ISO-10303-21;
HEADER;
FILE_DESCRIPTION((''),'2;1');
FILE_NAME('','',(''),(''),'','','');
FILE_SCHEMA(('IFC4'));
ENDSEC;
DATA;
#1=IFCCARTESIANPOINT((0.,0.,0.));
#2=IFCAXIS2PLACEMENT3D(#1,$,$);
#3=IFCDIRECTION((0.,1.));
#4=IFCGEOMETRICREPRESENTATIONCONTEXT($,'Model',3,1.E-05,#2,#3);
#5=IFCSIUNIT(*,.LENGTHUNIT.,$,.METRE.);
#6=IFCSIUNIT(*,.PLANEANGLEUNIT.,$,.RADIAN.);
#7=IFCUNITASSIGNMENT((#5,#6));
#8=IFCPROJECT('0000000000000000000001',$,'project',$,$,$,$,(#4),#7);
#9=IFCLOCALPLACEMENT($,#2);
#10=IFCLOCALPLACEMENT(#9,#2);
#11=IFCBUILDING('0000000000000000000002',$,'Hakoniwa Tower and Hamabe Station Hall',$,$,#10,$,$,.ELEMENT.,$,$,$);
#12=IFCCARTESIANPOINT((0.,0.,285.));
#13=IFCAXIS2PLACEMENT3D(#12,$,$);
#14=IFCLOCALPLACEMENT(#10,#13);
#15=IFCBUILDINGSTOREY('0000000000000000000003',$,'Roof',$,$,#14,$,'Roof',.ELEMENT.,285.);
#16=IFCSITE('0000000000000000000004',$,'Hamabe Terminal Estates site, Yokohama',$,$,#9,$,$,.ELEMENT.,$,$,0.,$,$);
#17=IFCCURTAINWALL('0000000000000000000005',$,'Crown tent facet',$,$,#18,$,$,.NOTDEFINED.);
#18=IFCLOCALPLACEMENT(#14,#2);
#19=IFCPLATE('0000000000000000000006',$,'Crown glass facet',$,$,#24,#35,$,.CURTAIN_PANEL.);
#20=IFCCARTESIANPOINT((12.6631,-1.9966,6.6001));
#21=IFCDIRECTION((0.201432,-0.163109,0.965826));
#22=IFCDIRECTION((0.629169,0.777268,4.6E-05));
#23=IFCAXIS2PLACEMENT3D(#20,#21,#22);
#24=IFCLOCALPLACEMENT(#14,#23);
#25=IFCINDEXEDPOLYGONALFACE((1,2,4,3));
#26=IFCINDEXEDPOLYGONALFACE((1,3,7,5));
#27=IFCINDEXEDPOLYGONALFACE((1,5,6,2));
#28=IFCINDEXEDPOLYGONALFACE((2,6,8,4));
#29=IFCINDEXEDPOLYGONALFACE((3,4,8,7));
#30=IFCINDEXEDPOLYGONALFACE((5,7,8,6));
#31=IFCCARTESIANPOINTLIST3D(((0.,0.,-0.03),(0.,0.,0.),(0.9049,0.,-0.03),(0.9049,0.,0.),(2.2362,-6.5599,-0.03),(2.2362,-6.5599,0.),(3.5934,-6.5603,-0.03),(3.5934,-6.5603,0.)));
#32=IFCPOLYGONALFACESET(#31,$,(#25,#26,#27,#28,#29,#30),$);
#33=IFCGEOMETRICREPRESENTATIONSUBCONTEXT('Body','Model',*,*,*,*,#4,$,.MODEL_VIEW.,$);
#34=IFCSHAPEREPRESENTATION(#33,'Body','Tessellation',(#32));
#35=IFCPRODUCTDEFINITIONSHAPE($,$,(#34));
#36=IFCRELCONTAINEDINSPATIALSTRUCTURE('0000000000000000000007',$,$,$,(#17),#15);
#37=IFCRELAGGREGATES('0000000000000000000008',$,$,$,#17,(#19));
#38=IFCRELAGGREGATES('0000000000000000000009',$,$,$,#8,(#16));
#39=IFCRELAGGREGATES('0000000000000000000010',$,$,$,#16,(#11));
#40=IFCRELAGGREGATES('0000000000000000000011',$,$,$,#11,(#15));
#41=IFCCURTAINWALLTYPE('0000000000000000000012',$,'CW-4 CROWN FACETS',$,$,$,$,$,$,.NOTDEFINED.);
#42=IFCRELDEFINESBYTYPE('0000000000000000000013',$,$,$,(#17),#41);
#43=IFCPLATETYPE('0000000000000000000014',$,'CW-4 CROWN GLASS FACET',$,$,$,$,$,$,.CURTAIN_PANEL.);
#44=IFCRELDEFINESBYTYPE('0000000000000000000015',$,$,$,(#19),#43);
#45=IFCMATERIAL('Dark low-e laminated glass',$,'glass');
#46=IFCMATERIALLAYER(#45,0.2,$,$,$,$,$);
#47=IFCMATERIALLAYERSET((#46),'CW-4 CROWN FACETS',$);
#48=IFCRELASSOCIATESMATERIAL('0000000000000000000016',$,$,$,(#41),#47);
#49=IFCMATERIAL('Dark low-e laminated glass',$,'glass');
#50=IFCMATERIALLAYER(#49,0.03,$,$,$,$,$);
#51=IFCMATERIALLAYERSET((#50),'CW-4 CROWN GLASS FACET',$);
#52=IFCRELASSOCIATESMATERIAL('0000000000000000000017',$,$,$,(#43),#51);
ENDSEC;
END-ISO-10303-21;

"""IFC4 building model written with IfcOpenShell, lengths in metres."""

from ifc_helpers import new_model, si_unit, direction, frame, origin, place, context, subcontext, project, spatial, polyline, outline, extrude, material, layer, layer_set, type_object, element, aggregate, save


model = new_model("IFC4")

# Units and contexts
model_context = context("Model", 3, precision=1e-05, world=origin(), true_north=direction((0.0, 1.0)))
body_context = subcontext(model_context, "Body", "Model", "MODEL_VIEW")
ifc_project = project(units=[si_unit("LENGTHUNIT", "METRE"), si_unit("PLANEANGLEUNIT", "RADIAN")], contexts=[model_context])

# Site, building, storey
site_placement = place(None, origin())
site = spatial("IfcSite", under=ifc_project, at=site_placement, Name="Hamabe Terminal Estates site, Yokohama", CompositionType="ELEMENT", RefElevation=0.0)
building_placement = place(site_placement, origin())
building = spatial("IfcBuilding", under=site, at=building_placement, Name="Hakoniwa Tower and Hamabe Station Hall", CompositionType="ELEMENT")
storey_placement = place(building_placement, frame((0.0, 0.0, 285.0)))
storey = spatial("IfcBuildingStorey", under=building, at=storey_placement, Name="Roof", LongName="Roof", CompositionType="ELEMENT", Elevation=285.0)

# Shared definitions
ifc_material_1 = material(Name="Dark low-e laminated glass", Category="glass")
ifc_layer_1 = layer(ifc_material_1, 0.2)
ifc_layer_set_1 = layer_set([ifc_layer_1], Name="CW-4 CROWN FACETS")
curtain_wall_type = type_object("IfcCurtainWallType", Name="CW-4 CROWN FACETS", PredefinedType="NOTDEFINED", material=ifc_layer_set_1)

# Shared definitions
ifc_material_2 = material(Name="Dark low-e laminated glass", Category="glass")
ifc_layer_2 = layer(ifc_material_2, 0.03)
ifc_layer_set_2 = layer_set([ifc_layer_2], Name="CW-4 CROWN GLASS FACET")
plate_type = type_object("IfcPlateType", Name="CW-4 CROWN GLASS FACET", PredefinedType="CURTAIN_PANEL", material=ifc_layer_set_2)

# Curtain wall, plate
curtain_wall_1_placement = place(storey_placement, origin())
curtain_wall_1 = element("IfcCurtainWall", 1, at=curtain_wall_1_placement, inside=storey, type_object=curtain_wall_type, Name="Crown tent facet", PredefinedType="NOTDEFINED")
plate_1_placement = place(storey_placement, frame((12.6631, -1.9966, 6.6001), z_axis=(0.201432, -0.163109, 0.965826), x_axis=(0.629169, 0.777268, 0.000046)))
plate_1 = element("IfcPlate", 2, at=plate_1_placement, type_object=plate_type, Name="Crown glass facet", PredefinedType="CURTAIN_PANEL", context=body_context, shape_type="SweptSolid", body=[
    extrude(outline(polyline([(0.0, 0.0), (0.9049, 0.0), (3.5934, -6.5603), (2.2362, -6.5599), (0.0, 0.0)])), origin(), (0.0, 0.0, -1.0), 0.03),
])
aggregate(curtain_wall_1, [plate_1])

save(model, "model.ifc")
